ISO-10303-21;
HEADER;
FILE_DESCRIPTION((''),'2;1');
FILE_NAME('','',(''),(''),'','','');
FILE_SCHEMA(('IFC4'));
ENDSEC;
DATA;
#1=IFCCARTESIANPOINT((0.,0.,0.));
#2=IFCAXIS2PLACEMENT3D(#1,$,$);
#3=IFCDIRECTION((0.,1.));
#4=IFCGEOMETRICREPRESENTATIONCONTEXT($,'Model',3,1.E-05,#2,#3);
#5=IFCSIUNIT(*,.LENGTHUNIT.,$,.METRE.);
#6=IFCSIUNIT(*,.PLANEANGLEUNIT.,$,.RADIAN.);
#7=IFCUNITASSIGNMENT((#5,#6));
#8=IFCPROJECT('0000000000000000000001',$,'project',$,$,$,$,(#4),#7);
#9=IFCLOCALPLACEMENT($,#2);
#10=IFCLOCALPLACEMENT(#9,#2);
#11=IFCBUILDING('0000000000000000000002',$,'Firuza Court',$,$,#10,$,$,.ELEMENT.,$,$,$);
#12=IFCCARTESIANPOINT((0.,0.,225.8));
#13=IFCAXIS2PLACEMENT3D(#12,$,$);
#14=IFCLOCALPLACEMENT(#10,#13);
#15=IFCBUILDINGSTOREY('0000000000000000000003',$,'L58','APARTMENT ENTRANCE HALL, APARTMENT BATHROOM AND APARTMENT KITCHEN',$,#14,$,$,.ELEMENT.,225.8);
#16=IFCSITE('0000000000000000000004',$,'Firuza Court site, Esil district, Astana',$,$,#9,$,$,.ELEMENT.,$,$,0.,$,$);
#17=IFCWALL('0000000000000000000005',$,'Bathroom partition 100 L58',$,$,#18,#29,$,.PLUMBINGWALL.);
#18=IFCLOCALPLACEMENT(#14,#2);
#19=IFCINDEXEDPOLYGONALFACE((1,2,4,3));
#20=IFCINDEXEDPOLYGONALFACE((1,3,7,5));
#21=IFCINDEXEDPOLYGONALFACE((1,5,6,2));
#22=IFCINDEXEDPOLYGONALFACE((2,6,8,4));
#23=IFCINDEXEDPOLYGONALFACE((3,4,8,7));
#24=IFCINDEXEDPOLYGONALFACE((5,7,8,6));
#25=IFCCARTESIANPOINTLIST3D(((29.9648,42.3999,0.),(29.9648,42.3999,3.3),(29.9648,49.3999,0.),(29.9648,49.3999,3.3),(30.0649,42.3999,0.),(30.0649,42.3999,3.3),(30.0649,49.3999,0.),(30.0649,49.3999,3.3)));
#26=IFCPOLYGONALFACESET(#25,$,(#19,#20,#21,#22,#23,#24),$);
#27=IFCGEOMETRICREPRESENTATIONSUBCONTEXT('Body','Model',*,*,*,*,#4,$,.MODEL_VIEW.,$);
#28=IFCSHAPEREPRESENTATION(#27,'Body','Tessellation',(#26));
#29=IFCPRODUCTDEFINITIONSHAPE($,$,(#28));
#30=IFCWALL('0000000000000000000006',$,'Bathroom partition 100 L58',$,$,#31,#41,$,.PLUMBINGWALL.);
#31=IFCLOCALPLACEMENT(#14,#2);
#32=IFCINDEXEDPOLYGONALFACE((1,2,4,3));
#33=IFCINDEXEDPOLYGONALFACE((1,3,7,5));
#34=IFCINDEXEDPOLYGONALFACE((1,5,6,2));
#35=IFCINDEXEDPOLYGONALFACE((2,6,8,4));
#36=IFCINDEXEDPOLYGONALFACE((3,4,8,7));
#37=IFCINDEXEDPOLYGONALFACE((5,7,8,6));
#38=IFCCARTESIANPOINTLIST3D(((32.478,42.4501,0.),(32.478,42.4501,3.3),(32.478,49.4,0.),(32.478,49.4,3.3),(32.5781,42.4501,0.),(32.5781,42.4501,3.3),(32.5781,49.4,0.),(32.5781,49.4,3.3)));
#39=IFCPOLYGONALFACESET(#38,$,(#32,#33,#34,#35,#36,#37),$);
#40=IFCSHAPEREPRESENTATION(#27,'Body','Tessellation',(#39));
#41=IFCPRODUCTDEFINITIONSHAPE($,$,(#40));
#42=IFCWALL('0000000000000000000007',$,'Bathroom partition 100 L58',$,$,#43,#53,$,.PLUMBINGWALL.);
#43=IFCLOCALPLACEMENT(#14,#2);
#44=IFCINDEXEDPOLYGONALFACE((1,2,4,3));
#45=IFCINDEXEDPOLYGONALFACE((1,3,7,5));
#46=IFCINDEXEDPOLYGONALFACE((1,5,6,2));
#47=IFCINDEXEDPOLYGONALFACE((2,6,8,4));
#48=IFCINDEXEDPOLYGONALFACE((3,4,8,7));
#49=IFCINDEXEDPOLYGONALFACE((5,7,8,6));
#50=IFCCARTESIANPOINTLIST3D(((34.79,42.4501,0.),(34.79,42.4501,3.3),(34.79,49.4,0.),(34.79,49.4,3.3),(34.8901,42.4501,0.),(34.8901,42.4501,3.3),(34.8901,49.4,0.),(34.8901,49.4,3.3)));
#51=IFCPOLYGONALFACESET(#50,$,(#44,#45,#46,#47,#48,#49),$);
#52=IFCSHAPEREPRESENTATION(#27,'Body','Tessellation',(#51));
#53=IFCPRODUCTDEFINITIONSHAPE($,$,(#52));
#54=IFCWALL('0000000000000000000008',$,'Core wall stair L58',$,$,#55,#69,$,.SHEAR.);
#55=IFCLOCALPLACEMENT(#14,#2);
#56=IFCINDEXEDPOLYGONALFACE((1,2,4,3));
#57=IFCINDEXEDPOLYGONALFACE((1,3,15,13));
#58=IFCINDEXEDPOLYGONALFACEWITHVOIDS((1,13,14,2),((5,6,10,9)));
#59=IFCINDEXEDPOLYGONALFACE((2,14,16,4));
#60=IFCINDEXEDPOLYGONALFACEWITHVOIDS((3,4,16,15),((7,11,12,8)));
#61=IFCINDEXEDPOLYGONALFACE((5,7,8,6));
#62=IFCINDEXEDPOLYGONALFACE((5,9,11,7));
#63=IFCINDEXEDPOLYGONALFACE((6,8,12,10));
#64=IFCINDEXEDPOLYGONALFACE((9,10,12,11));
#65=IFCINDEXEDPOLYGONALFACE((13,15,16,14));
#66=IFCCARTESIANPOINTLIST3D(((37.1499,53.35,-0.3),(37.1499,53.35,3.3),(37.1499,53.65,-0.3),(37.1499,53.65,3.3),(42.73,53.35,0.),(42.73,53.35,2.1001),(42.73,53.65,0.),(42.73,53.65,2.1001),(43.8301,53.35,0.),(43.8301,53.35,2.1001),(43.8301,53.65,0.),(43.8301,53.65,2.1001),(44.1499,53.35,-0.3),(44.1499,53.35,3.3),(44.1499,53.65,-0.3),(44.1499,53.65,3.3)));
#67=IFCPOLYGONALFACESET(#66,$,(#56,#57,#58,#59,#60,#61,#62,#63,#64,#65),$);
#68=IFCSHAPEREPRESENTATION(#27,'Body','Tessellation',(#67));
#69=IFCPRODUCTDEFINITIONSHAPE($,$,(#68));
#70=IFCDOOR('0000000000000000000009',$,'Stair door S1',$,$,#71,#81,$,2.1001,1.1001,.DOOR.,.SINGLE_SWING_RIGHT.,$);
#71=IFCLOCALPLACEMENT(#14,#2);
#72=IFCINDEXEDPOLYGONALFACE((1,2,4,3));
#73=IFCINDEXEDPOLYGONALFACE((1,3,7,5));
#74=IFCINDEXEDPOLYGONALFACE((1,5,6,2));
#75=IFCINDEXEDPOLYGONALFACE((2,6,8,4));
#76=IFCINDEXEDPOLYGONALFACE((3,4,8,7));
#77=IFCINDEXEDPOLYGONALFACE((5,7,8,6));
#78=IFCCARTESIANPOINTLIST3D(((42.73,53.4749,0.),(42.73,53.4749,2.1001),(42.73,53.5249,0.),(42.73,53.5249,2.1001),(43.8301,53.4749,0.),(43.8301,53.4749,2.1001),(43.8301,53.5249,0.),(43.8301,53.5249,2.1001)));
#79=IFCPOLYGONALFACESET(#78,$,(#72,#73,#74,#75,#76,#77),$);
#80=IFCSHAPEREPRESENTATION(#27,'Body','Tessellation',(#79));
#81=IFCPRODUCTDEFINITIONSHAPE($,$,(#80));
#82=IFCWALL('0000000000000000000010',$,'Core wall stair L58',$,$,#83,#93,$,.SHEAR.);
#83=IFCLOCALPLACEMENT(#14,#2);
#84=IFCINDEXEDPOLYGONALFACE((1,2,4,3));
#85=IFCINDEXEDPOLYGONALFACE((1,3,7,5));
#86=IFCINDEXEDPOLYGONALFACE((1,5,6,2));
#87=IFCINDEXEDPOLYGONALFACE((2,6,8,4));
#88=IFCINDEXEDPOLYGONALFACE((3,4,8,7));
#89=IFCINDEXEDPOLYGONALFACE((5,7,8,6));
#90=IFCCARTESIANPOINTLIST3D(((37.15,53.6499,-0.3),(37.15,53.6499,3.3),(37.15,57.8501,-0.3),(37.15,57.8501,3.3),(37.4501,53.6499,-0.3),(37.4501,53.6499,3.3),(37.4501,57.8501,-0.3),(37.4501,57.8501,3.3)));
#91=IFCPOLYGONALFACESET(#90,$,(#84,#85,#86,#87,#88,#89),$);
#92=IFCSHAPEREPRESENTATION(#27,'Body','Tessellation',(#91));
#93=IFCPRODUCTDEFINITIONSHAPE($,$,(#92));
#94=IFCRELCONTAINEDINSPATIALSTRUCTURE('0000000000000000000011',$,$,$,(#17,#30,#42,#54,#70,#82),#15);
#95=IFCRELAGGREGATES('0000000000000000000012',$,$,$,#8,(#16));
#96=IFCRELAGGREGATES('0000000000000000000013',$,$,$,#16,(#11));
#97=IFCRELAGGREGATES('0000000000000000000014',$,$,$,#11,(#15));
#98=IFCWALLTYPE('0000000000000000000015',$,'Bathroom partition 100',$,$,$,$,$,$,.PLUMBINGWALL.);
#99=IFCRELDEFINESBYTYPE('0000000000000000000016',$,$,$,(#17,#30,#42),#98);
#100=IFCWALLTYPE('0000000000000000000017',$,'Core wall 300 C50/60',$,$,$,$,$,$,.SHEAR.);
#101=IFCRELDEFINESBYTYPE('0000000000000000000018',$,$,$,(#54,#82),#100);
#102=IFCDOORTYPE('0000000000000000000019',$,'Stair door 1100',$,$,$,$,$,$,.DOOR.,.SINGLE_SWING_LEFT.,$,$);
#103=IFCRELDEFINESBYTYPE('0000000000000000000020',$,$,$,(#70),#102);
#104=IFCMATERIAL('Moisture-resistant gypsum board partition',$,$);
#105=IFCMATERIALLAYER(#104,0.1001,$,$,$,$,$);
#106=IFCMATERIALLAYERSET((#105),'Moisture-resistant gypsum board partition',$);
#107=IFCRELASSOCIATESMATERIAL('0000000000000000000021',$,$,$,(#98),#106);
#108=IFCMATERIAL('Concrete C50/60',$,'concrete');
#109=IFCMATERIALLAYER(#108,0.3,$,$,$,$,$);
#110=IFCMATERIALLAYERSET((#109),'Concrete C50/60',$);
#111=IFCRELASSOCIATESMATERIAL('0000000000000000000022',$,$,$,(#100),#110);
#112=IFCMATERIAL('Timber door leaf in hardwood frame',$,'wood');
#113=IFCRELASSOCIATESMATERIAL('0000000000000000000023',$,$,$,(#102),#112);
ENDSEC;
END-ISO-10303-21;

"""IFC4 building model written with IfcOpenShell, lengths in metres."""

from ifc_helpers import new_model, si_unit, direction, frame, frame_2d, origin, place, context, subcontext, project, spatial, rectangle, extrude, material, layer, layer_set, type_object, element, fill, save


model = new_model("IFC4")

# Units and contexts
model_context = context("Model", 3, precision=1e-05, world=origin(), true_north=direction((0.0, 1.0)))
body_context = subcontext(model_context, "Body", "Model", "MODEL_VIEW")
ifc_project = project(units=[si_unit("LENGTHUNIT", "METRE"), si_unit("PLANEANGLEUNIT", "RADIAN")], contexts=[model_context])

# Site, building, storey
site_placement = place(None, origin())
site = spatial("IfcSite", under=ifc_project, at=site_placement, Name="Firuza Court site, Esil district, Astana", CompositionType="ELEMENT", RefElevation=0.0)
building_placement = place(site_placement, origin())
building = spatial("IfcBuilding", under=site, at=building_placement, Name="Firuza Court", CompositionType="ELEMENT")
storey_placement = place(building_placement, frame((0.0, 0.0, 225.8)))
storey = spatial("IfcBuildingStorey", under=building, at=storey_placement, Name="L58", Description="APARTMENT ENTRANCE HALL, APARTMENT BATHROOM AND APARTMENT KITCHEN", CompositionType="ELEMENT", Elevation=225.8)

# Walls
ifc_material_1 = material(Name="Moisture-resistant gypsum board partition")
ifc_layer_1 = layer(ifc_material_1, 0.1001)
ifc_layer_set_1 = layer_set([ifc_layer_1], Name="Moisture-resistant gypsum board partition")
wall_type_1 = type_object("IfcWallType", Name="Bathroom partition 100", PredefinedType="PLUMBINGWALL", material=ifc_layer_set_1)
wall_1_placement = place(storey_placement, frame((30.0149, 42.3999, 0.0), z_axis=(0.0, 0.0, 1.0), x_axis=(0.0, 1.0, 0.0)))
element("IfcWall", 1, at=wall_1_placement, inside=storey, type_object=wall_type_1, Name="Bathroom partition 100 L58", PredefinedType="PLUMBINGWALL", context=body_context, shape_type="SweptSolid", body=[
    extrude(rectangle(XDim=7.0, YDim=0.1001, at=frame_2d((3.5, 0.0))), origin(), (0.0, 0.0, 1.0), 3.3),
])
for number, where, z_axis, x_axis, name in (
    (2, (32.5281, 42.45, 0.0), (0.0, 0.0, 1.0), (0.0, 1.0, 0.0), "Bathroom partition 100 L58"),
    (3, (34.8401, 42.45, 0.0), (0.0, 0.0, 1.0), (0.0, 1.0, 0.0), "Bathroom partition 100 L58"),
):
    element("IfcWall", number, at=place(storey_placement, frame(where, z_axis=z_axis, x_axis=x_axis)), inside=storey, type_object=wall_type_1, Name=name, PredefinedType="PLUMBINGWALL", context=body_context, shape_type="SweptSolid", body=[
        extrude(rectangle(XDim=6.95, YDim=0.1001, at=frame_2d((3.4751, 0.0))), origin(), (0.0, 0.0, 1.0), 3.3),
    ])

# Wall, opening, door
ifc_material_2 = material(Name="Concrete C50/60", Category="concrete")
ifc_layer_2 = layer(ifc_material_2, 0.3)
ifc_layer_set_2 = layer_set([ifc_layer_2], Name="Concrete C50/60")
wall_type_2 = type_object("IfcWallType", Name="Core wall 300 C50/60", PredefinedType="SHEAR", material=ifc_layer_set_2)
wall_2_placement = place(storey_placement, frame((37.1499, 53.5, -0.3), z_axis=(0.0, 0.0, 1.0), x_axis=(1.0, 0.0, 0.0)))
wall_2 = element("IfcWall", 4, at=wall_2_placement, inside=storey, type_object=wall_type_2, Name="Core wall stair L58", PredefinedType="SHEAR", context=body_context, shape_type="SweptSolid", body=[
    extrude(rectangle(XDim=7.0, YDim=0.3, at=frame_2d((3.5, 0.0))), origin(), (0.0, 0.0, 1.0), 3.6001),
])
opening_1_placement = place(wall_2_placement, frame((5.5801, 0.0, 0.3)))
opening_1 = element("IfcOpeningElement", 5, at=opening_1_placement, cuts=wall_2, PredefinedType="OPENING", context=body_context, shape_type="SweptSolid", body=[
    extrude(rectangle(XDim=1.1001, YDim=2.1001, at=frame_2d((0.55, 1.05))), frame((0.0, 0.1621, 0.0), z_axis=(0.0, -1.0, 0.0), x_axis=(1.0, 0.0, 0.0)), (0.0, 0.0, 1.0), 0.324),
])
ifc_material_3 = material(Name="Timber door leaf in hardwood frame", Category="wood")
door_type_1 = type_object("IfcDoorType", Name="Stair door 1100", OperationType="SINGLE_SWING_LEFT", PredefinedType="DOOR", material=ifc_material_3)
door_1_placement = place(opening_1_placement, origin())
door_1 = element("IfcDoor", 6, at=door_1_placement, inside=storey, type_object=door_type_1, Name="Stair door S1", OperationType="SINGLE_SWING_RIGHT", OverallHeight=2.1001, OverallWidth=1.1001, PredefinedType="DOOR", context=body_context, shape_type="SweptSolid", body=[
    extrude(rectangle(XDim=1.1001, YDim=2.1001, at=frame_2d((0.55, 1.05))), frame((0.0, 0.0249, 0.0), z_axis=(0.0, -1.0, 0.0), x_axis=(1.0, 0.0, 0.0)), (0.0, 0.0, 1.0), 0.05),
])
fill(opening_1, door_1)

# Wall
wall_3_placement = place(storey_placement, frame((37.3, 53.6499, -0.3), z_axis=(0.0, 0.0, 1.0), x_axis=(0.0, 1.0, 0.0)))
element("IfcWall", 7, at=wall_3_placement, inside=storey, type_object=wall_type_2, Name="Core wall stair L58", PredefinedType="SHEAR", context=body_context, shape_type="SweptSolid", body=[
    extrude(rectangle(XDim=4.2002, YDim=0.3, at=frame_2d((2.1001, 0.0))), origin(), (0.0, 0.0, 1.0), 3.6001),
])

save(model, "model.ifc")
